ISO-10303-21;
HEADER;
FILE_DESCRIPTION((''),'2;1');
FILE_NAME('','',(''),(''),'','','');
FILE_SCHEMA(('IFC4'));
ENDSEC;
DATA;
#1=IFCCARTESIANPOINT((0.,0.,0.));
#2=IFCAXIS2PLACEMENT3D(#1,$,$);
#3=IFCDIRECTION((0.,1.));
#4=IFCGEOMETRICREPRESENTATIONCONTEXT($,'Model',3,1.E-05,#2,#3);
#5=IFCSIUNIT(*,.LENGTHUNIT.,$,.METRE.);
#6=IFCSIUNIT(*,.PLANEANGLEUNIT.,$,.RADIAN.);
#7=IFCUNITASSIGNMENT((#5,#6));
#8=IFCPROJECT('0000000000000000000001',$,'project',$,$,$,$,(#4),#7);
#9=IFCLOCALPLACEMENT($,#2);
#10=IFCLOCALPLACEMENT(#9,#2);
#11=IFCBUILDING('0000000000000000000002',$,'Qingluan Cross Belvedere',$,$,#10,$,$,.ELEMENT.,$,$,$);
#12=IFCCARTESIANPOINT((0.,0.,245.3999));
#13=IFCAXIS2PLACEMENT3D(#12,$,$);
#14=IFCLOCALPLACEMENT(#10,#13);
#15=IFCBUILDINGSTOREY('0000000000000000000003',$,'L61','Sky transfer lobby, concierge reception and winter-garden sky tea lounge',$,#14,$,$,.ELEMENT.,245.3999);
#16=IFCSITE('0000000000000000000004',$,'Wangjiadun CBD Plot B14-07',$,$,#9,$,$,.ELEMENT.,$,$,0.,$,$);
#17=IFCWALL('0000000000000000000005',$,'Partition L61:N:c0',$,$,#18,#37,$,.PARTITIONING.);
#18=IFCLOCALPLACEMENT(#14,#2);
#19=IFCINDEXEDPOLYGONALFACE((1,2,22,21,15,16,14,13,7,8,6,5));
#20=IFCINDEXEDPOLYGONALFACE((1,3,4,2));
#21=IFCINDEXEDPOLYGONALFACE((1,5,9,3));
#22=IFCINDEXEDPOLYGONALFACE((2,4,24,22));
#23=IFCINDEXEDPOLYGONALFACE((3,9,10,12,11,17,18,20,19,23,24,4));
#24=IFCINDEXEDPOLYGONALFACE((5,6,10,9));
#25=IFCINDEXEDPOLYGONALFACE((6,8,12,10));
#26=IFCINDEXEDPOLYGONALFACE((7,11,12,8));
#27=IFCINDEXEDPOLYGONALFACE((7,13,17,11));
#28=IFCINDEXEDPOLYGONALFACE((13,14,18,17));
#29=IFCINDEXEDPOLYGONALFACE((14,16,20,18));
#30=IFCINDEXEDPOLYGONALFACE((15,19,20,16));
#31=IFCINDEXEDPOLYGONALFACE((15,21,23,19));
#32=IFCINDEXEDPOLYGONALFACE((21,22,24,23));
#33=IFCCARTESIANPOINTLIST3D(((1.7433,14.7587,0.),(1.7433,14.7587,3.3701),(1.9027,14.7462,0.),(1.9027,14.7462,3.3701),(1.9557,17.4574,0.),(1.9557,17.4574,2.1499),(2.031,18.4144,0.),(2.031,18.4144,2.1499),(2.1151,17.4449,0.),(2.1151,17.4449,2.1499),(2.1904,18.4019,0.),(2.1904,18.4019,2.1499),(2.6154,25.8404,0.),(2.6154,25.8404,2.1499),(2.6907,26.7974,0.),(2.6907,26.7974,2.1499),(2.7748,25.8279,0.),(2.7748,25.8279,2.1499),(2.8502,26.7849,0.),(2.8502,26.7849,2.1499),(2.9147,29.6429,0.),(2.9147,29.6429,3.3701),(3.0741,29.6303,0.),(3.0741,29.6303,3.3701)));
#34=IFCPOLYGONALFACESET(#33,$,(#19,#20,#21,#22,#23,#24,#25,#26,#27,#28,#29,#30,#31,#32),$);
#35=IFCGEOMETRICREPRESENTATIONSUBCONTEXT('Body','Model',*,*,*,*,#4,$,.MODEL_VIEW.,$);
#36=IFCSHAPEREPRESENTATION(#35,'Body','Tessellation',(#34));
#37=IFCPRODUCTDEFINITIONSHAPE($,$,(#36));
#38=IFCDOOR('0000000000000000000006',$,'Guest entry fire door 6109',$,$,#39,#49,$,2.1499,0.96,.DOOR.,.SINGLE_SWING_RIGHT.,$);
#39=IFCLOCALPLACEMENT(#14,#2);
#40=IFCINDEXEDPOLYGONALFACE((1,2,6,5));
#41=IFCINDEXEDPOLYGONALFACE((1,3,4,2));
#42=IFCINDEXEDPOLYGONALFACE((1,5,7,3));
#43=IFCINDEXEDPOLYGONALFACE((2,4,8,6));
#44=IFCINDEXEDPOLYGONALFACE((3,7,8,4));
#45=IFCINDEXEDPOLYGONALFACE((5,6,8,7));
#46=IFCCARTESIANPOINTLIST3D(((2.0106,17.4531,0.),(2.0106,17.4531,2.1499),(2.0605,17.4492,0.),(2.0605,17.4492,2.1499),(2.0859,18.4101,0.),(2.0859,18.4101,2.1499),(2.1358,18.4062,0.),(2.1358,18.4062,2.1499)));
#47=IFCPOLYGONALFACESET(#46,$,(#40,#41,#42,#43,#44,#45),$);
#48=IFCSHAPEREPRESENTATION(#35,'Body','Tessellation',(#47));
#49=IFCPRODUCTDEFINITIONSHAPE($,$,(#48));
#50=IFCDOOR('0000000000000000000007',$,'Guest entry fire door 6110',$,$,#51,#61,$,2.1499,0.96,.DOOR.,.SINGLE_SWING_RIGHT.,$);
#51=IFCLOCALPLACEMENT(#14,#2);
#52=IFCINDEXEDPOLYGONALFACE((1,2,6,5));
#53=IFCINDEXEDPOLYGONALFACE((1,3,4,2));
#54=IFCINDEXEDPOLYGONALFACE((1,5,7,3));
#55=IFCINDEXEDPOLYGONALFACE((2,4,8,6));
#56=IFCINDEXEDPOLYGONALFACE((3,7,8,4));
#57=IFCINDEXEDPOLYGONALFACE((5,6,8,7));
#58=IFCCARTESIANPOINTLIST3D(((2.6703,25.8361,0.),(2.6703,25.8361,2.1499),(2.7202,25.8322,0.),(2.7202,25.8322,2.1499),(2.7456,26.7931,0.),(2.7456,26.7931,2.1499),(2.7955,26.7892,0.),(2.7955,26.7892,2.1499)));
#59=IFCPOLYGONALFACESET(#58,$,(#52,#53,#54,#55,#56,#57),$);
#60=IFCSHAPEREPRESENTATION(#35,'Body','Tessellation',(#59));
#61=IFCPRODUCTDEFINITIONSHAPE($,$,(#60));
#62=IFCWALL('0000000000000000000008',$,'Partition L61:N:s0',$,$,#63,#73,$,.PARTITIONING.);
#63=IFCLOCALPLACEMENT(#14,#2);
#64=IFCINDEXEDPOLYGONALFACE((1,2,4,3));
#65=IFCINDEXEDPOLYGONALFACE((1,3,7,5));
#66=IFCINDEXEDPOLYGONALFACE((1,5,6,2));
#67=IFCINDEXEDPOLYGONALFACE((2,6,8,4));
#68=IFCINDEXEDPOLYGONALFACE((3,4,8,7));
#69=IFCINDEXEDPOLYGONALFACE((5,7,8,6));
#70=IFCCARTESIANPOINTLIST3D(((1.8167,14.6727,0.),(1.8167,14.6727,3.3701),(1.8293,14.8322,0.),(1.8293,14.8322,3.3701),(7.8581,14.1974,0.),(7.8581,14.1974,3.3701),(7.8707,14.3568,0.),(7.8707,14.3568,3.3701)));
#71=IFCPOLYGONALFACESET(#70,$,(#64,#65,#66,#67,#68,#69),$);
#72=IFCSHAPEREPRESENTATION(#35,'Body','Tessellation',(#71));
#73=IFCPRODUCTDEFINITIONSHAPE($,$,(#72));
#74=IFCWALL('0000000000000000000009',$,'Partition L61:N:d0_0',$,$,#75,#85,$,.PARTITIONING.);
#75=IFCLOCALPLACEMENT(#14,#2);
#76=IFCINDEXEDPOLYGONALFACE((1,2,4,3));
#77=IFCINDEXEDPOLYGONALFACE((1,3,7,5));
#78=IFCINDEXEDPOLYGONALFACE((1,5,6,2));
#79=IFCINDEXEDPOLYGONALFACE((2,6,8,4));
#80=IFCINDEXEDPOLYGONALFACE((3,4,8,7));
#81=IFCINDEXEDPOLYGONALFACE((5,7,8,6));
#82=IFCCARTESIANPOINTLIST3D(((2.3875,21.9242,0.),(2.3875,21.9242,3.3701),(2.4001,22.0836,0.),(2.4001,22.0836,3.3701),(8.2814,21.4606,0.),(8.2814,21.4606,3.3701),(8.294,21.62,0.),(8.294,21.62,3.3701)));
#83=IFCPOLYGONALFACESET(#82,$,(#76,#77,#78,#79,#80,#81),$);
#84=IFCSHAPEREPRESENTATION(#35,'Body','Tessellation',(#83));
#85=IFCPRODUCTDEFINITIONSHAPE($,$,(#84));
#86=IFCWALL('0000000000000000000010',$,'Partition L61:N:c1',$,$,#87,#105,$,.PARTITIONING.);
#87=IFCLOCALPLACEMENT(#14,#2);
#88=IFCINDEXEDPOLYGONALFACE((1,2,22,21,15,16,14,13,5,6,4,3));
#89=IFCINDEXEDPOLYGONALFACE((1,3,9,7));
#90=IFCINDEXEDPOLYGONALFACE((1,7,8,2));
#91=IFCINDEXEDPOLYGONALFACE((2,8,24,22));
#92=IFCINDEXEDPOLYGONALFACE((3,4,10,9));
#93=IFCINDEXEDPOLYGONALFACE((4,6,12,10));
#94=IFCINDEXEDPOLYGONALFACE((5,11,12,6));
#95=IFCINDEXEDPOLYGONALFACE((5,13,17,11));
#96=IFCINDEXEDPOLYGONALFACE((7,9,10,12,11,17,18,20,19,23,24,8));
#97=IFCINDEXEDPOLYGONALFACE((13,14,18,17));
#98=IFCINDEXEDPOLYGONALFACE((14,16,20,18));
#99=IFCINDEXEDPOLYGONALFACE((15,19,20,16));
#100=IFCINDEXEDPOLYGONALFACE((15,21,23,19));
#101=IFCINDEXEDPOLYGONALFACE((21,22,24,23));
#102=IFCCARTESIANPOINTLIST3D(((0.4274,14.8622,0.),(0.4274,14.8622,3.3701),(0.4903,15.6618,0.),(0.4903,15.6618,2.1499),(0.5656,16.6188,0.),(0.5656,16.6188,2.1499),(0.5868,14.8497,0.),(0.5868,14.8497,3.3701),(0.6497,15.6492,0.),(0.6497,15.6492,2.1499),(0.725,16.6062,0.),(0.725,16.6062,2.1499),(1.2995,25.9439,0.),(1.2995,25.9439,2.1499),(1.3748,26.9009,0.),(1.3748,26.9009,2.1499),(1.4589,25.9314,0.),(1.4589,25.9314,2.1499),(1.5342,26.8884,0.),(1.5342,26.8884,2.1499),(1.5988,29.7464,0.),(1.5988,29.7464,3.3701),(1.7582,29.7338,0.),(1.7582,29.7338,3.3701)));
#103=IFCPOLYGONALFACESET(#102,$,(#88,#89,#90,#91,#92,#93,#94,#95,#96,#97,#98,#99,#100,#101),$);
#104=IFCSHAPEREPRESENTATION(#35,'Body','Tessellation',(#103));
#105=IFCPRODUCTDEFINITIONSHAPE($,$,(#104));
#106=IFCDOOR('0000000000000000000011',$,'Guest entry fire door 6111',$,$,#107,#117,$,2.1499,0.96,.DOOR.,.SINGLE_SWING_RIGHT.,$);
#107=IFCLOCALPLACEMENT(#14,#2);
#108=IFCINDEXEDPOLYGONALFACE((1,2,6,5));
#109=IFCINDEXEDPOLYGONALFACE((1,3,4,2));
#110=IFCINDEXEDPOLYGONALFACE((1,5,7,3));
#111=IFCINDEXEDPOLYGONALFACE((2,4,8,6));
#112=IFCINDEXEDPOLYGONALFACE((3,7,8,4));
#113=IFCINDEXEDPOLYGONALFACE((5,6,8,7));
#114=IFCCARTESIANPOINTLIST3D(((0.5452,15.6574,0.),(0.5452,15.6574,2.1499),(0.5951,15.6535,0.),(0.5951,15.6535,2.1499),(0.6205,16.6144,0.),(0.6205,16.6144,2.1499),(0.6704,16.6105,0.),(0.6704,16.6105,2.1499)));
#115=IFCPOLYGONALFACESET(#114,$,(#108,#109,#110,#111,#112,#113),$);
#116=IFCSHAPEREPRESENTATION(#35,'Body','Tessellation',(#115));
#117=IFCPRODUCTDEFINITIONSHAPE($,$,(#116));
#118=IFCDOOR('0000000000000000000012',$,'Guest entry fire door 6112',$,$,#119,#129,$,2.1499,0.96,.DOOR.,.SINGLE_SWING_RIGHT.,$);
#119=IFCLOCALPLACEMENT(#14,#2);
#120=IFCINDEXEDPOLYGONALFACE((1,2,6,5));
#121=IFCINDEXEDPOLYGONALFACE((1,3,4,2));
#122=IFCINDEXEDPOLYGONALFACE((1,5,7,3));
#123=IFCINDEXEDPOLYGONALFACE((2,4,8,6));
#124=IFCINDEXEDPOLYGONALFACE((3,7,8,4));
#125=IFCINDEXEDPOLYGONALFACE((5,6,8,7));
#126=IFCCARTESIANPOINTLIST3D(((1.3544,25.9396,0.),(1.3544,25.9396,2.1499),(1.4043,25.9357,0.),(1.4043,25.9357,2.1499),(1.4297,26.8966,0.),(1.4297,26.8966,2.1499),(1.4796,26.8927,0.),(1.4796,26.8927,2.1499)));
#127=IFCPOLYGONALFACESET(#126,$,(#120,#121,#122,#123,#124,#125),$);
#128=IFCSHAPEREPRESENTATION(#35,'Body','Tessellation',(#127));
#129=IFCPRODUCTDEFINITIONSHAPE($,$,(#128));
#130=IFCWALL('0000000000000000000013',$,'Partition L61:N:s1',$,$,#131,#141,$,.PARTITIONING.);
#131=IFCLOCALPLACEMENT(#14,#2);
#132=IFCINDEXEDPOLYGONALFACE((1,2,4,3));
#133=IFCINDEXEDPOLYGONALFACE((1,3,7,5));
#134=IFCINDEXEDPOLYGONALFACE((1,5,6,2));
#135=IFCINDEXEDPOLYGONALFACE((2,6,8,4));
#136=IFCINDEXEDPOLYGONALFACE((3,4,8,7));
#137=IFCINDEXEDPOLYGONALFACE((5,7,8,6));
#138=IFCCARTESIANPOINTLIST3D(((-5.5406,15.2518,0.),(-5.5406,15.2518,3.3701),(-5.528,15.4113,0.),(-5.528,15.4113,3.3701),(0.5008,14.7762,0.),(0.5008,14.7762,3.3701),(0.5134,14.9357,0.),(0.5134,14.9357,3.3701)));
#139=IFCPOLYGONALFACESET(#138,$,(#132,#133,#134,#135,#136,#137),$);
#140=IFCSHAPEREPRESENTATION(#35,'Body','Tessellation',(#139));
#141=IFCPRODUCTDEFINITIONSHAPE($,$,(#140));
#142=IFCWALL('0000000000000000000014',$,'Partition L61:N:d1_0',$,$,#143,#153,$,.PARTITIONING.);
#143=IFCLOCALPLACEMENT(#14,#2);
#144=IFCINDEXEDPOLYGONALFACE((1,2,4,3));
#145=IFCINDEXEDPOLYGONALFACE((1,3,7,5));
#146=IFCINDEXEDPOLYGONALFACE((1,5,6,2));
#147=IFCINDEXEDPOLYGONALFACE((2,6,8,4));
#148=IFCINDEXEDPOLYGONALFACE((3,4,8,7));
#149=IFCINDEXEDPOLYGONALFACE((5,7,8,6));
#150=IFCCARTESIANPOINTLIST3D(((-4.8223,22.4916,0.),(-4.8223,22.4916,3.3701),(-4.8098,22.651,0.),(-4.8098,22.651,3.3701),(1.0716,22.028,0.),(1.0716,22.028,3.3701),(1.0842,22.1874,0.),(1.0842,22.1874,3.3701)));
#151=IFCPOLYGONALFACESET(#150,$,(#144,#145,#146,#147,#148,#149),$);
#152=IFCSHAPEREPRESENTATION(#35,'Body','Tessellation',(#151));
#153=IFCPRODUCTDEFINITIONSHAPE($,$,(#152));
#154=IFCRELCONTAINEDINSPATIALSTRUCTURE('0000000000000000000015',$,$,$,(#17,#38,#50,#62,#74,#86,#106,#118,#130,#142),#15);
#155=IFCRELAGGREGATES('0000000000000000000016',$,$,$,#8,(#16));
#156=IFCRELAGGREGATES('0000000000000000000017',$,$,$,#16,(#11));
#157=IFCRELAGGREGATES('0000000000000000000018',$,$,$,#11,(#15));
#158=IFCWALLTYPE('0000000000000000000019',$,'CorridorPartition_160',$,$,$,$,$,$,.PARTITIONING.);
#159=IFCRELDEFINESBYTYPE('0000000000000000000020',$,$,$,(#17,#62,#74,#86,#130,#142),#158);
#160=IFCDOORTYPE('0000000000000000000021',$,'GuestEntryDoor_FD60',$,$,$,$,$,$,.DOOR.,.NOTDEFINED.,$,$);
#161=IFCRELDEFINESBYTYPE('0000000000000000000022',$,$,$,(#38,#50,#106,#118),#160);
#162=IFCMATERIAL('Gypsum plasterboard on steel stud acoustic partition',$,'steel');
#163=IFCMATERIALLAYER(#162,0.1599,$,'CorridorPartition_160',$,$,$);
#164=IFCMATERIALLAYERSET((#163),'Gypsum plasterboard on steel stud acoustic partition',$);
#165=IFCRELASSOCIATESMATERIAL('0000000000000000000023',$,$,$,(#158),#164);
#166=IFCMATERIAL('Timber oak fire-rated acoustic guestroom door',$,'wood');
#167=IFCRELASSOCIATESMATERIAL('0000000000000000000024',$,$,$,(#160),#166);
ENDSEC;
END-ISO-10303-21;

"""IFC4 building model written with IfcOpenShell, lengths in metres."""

from ifc_helpers import new_model, si_unit, direction, frame, frame_2d, origin, place, context, subcontext, project, spatial, rectangle, extrude, material, layer, layer_set, type_object, element, fill, save


model = new_model("IFC4")

# Units and contexts
model_context = context("Model", 3, precision=1e-05, world=origin(), true_north=direction((0.0, 1.0)))
body_context = subcontext(model_context, "Body", "Model", "MODEL_VIEW")
ifc_project = project(units=[si_unit("LENGTHUNIT", "METRE"), si_unit("PLANEANGLEUNIT", "RADIAN")], contexts=[model_context])

# Site, building, storey
site_placement = place(None, origin())
site = spatial("IfcSite", under=ifc_project, at=site_placement, Name="Wangjiadun CBD Plot B14-07", CompositionType="ELEMENT", RefElevation=0.0)
building_placement = place(site_placement, origin())
building = spatial("IfcBuilding", under=site, at=building_placement, Name="Qingluan Cross Belvedere", CompositionType="ELEMENT")
storey_placement = place(building_placement, frame((0.0, 0.0, 245.3999)))
storey = spatial("IfcBuildingStorey", under=building, at=storey_placement, Name="L61", Description="Sky transfer lobby, concierge reception and winter-garden sky tea lounge", CompositionType="ELEMENT", Elevation=245.3999)

# Wall, openings, doors
ifc_material_1 = material(Name="Gypsum plasterboard on steel stud acoustic partition", Category="steel")
ifc_layer_1 = layer(ifc_material_1, 0.1599, Name="CorridorPartition_160")
ifc_layer_set_1 = layer_set([ifc_layer_1], Name="Gypsum plasterboard on steel stud acoustic partition")
wall_type_1 = type_object("IfcWallType", Name="CorridorPartition_160", PredefinedType="PARTITIONING", material=ifc_layer_set_1)
wall_1_placement = place(storey_placement, frame((1.823, 14.7524, 0.0), z_axis=(0.0, 0.0, 1.0), x_axis=(0.078458, 0.996917, 0.0)))
wall_1 = element("IfcWall", 1, at=wall_1_placement, inside=storey, type_object=wall_type_1, Name="Partition L61:N:c0", PredefinedType="PARTITIONING", context=body_context, shape_type="SweptSolid", body=[
    extrude(rectangle(XDim=14.9302, YDim=0.1599, at=frame_2d((7.4651, 0.0))), origin(), (0.0, 0.0, 1.0), 3.3701),
])
opening_1_placement = place(wall_1_placement, frame((2.707, 0.0, 0.0)))
opening_1 = element("IfcOpeningElement", 2, at=opening_1_placement, cuts=wall_1, PredefinedType="OPENING", context=body_context, shape_type="SweptSolid", body=[
    extrude(rectangle(XDim=0.96, YDim=2.1499, at=frame_2d((0.48, 1.075))), frame((0.0, 0.0898, 0.0), z_axis=(0.0, -1.0, 0.0), x_axis=(1.0, 0.0, 0.0)), (0.0, 0.0, 1.0), 0.1799),
])
opening_2_placement = place(wall_1_placement, frame((11.116, 0.0, 0.0)))
opening_2 = element("IfcOpeningElement", 3, at=opening_2_placement, cuts=wall_1, PredefinedType="OPENING", context=body_context, shape_type="SweptSolid", body=[
    extrude(rectangle(XDim=0.96, YDim=2.1499, at=frame_2d((0.48, 1.075))), frame((0.0, 0.0898, 0.0), z_axis=(0.0, -1.0, 0.0), x_axis=(1.0, 0.0, 0.0)), (0.0, 0.0, 1.0), 0.1799),
])
ifc_material_2 = material(Name="Timber oak fire-rated acoustic guestroom door", Category="wood")
door_type_1 = type_object("IfcDoorType", Name="GuestEntryDoor_FD60", OperationType="NOTDEFINED", PredefinedType="DOOR", material=ifc_material_2)
door_1_placement = place(opening_1_placement, origin())
door_1 = element("IfcDoor", 4, at=door_1_placement, inside=storey, type_object=door_type_1, Name="Guest entry fire door 6109", OperationType="SINGLE_SWING_RIGHT", OverallHeight=2.1499, OverallWidth=0.96, PredefinedType="DOOR", context=body_context, shape_type="SweptSolid", body=[
    extrude(rectangle(XDim=0.96, YDim=2.1499, at=frame_2d((0.48, 1.075))), frame((0.0, 0.0249, 0.0), z_axis=(0.0, -1.0, 0.0), x_axis=(1.0, 0.0, 0.0)), (0.0, 0.0, 1.0), 0.05),
])
fill(opening_1, door_1)
door_2_placement = place(opening_2_placement, origin())
door_2 = element("IfcDoor", 5, at=door_2_placement, inside=storey, type_object=door_type_1, Name="Guest entry fire door 6110", OperationType="SINGLE_SWING_RIGHT", OverallHeight=2.1499, OverallWidth=0.96, PredefinedType="DOOR", context=body_context, shape_type="SweptSolid", body=[
    extrude(rectangle(XDim=0.96, YDim=2.1499, at=frame_2d((0.48, 1.075))), frame((0.0, 0.0249, 0.0), z_axis=(0.0, -1.0, 0.0), x_axis=(1.0, 0.0, 0.0)), (0.0, 0.0, 1.0), 0.05),
])
fill(opening_2, door_2)

# Walls
wall_2_placement = place(storey_placement, frame((1.823, 14.7524, 0.0), z_axis=(0.0, 0.0, 1.0), x_axis=(0.996919, -0.078437, 0.0)))
element("IfcWall", 6, at=wall_2_placement, inside=storey, type_object=wall_type_1, Name="Partition L61:N:s0", PredefinedType="PARTITIONING", context=body_context, shape_type="SweptSolid", body=[
    extrude(rectangle(XDim=6.0601, YDim=0.1599, at=frame_2d((3.03, 0.0))), origin(), (0.0, 0.0, 1.0), 3.3701),
])
wall_3_placement = place(storey_placement, frame((2.3938, 22.0039, 0.0), z_axis=(0.0, 0.0, 1.0), x_axis=(0.99692, -0.078421, 0.0)))
element("IfcWall", 7, at=wall_3_placement, inside=storey, type_object=wall_type_1, Name="Partition L61:N:d0_0", PredefinedType="PARTITIONING", context=body_context, shape_type="SweptSolid", body=[
    extrude(rectangle(XDim=5.9121, YDim=0.1599, at=frame_2d((2.9561, 0.0))), origin(), (0.0, 0.0, 1.0), 3.3701),
])

# Wall, openings, doors
wall_4_placement = place(storey_placement, frame((0.5071, 14.856, 0.0), z_axis=(0.0, 0.0, 1.0), x_axis=(0.078458, 0.996917, 0.0)))
wall_4 = element("IfcWall", 8, at=wall_4_placement, inside=storey, type_object=wall_type_1, Name="Partition L61:N:c1", PredefinedType="PARTITIONING", context=body_context, shape_type="SweptSolid", body=[
    extrude(rectangle(XDim=14.9302, YDim=0.1599, at=frame_2d((7.4651, 0.0))), origin(), (0.0, 0.0, 1.0), 3.3701),
])
opening_3_placement = place(wall_4_placement, frame((0.802, 0.0, 0.0)))
opening_3 = element("IfcOpeningElement", 9, at=opening_3_placement, cuts=wall_4, PredefinedType="OPENING", context=body_context, shape_type="SweptSolid", body=[
    extrude(rectangle(XDim=0.96, YDim=2.1499, at=frame_2d((0.48, 1.075))), frame((0.0, 0.0898, 0.0), z_axis=(0.0, -1.0, 0.0), x_axis=(1.0, 0.0, 0.0)), (0.0, 0.0, 1.0), 0.1799),
])
opening_4_placement = place(wall_4_placement, frame((11.116, 0.0, 0.0)))
opening_4 = element("IfcOpeningElement", 10, at=opening_4_placement, cuts=wall_4, PredefinedType="OPENING", context=body_context, shape_type="SweptSolid", body=[
    extrude(rectangle(XDim=0.96, YDim=2.1499, at=frame_2d((0.48, 1.075))), frame((0.0, 0.0898, 0.0), z_axis=(0.0, -1.0, 0.0), x_axis=(1.0, 0.0, 0.0)), (0.0, 0.0, 1.0), 0.1799),
])
door_3_placement = place(opening_3_placement, origin())
door_3 = element("IfcDoor", 11, at=door_3_placement, inside=storey, type_object=door_type_1, Name="Guest entry fire door 6111", OperationType="SINGLE_SWING_RIGHT", OverallHeight=2.1499, OverallWidth=0.96, PredefinedType="DOOR", context=body_context, shape_type="SweptSolid", body=[
    extrude(rectangle(XDim=0.96, YDim=2.1499, at=frame_2d((0.48, 1.075))), frame((0.0, 0.0249, 0.0), z_axis=(0.0, -1.0, 0.0), x_axis=(1.0, 0.0, 0.0)), (0.0, 0.0, 1.0), 0.05),
])
fill(opening_3, door_3)
door_4_placement = place(opening_4_placement, origin())
door_4 = element("IfcDoor", 12, at=door_4_placement, inside=storey, type_object=door_type_1, Name="Guest entry fire door 6112", OperationType="SINGLE_SWING_RIGHT", OverallHeight=2.1499, OverallWidth=0.96, PredefinedType="DOOR", context=body_context, shape_type="SweptSolid", body=[
    extrude(rectangle(XDim=0.96, YDim=2.1499, at=frame_2d((0.48, 1.075))), frame((0.0, 0.0249, 0.0), z_axis=(0.0, -1.0, 0.0), x_axis=(1.0, 0.0, 0.0)), (0.0, 0.0, 1.0), 0.05),
])
fill(opening_4, door_4)

# Walls
wall_5_placement = place(storey_placement, frame((0.5071, 14.856, 0.0), z_axis=(0.0, 0.0, 1.0), x_axis=(-0.996916, 0.07848, 0.0)))
element("IfcWall", 13, at=wall_5_placement, inside=storey, type_object=wall_type_1, Name="Partition L61:N:s1", PredefinedType="PARTITIONING", context=body_context, shape_type="SweptSolid", body=[
    extrude(rectangle(XDim=6.0601, YDim=0.1599, at=frame_2d((3.03, 0.0))), origin(), (0.0, 0.0, 1.0), 3.3701),
])
wall_6_placement = place(storey_placement, frame((1.0779, 22.1077, 0.0), z_axis=(0.0, 0.0, 1.0), x_axis=(-0.99692, 0.078421, 0.0)))
element("IfcWall", 14, at=wall_6_placement, inside=storey, type_object=wall_type_1, Name="Partition L61:N:d1_0", PredefinedType="PARTITIONING", context=body_context, shape_type="SweptSolid", body=[
    extrude(rectangle(XDim=5.9121, YDim=0.1599, at=frame_2d((2.9561, 0.0))), origin(), (0.0, 0.0, 1.0), 3.3701),
])

save(model, "model.ifc")
